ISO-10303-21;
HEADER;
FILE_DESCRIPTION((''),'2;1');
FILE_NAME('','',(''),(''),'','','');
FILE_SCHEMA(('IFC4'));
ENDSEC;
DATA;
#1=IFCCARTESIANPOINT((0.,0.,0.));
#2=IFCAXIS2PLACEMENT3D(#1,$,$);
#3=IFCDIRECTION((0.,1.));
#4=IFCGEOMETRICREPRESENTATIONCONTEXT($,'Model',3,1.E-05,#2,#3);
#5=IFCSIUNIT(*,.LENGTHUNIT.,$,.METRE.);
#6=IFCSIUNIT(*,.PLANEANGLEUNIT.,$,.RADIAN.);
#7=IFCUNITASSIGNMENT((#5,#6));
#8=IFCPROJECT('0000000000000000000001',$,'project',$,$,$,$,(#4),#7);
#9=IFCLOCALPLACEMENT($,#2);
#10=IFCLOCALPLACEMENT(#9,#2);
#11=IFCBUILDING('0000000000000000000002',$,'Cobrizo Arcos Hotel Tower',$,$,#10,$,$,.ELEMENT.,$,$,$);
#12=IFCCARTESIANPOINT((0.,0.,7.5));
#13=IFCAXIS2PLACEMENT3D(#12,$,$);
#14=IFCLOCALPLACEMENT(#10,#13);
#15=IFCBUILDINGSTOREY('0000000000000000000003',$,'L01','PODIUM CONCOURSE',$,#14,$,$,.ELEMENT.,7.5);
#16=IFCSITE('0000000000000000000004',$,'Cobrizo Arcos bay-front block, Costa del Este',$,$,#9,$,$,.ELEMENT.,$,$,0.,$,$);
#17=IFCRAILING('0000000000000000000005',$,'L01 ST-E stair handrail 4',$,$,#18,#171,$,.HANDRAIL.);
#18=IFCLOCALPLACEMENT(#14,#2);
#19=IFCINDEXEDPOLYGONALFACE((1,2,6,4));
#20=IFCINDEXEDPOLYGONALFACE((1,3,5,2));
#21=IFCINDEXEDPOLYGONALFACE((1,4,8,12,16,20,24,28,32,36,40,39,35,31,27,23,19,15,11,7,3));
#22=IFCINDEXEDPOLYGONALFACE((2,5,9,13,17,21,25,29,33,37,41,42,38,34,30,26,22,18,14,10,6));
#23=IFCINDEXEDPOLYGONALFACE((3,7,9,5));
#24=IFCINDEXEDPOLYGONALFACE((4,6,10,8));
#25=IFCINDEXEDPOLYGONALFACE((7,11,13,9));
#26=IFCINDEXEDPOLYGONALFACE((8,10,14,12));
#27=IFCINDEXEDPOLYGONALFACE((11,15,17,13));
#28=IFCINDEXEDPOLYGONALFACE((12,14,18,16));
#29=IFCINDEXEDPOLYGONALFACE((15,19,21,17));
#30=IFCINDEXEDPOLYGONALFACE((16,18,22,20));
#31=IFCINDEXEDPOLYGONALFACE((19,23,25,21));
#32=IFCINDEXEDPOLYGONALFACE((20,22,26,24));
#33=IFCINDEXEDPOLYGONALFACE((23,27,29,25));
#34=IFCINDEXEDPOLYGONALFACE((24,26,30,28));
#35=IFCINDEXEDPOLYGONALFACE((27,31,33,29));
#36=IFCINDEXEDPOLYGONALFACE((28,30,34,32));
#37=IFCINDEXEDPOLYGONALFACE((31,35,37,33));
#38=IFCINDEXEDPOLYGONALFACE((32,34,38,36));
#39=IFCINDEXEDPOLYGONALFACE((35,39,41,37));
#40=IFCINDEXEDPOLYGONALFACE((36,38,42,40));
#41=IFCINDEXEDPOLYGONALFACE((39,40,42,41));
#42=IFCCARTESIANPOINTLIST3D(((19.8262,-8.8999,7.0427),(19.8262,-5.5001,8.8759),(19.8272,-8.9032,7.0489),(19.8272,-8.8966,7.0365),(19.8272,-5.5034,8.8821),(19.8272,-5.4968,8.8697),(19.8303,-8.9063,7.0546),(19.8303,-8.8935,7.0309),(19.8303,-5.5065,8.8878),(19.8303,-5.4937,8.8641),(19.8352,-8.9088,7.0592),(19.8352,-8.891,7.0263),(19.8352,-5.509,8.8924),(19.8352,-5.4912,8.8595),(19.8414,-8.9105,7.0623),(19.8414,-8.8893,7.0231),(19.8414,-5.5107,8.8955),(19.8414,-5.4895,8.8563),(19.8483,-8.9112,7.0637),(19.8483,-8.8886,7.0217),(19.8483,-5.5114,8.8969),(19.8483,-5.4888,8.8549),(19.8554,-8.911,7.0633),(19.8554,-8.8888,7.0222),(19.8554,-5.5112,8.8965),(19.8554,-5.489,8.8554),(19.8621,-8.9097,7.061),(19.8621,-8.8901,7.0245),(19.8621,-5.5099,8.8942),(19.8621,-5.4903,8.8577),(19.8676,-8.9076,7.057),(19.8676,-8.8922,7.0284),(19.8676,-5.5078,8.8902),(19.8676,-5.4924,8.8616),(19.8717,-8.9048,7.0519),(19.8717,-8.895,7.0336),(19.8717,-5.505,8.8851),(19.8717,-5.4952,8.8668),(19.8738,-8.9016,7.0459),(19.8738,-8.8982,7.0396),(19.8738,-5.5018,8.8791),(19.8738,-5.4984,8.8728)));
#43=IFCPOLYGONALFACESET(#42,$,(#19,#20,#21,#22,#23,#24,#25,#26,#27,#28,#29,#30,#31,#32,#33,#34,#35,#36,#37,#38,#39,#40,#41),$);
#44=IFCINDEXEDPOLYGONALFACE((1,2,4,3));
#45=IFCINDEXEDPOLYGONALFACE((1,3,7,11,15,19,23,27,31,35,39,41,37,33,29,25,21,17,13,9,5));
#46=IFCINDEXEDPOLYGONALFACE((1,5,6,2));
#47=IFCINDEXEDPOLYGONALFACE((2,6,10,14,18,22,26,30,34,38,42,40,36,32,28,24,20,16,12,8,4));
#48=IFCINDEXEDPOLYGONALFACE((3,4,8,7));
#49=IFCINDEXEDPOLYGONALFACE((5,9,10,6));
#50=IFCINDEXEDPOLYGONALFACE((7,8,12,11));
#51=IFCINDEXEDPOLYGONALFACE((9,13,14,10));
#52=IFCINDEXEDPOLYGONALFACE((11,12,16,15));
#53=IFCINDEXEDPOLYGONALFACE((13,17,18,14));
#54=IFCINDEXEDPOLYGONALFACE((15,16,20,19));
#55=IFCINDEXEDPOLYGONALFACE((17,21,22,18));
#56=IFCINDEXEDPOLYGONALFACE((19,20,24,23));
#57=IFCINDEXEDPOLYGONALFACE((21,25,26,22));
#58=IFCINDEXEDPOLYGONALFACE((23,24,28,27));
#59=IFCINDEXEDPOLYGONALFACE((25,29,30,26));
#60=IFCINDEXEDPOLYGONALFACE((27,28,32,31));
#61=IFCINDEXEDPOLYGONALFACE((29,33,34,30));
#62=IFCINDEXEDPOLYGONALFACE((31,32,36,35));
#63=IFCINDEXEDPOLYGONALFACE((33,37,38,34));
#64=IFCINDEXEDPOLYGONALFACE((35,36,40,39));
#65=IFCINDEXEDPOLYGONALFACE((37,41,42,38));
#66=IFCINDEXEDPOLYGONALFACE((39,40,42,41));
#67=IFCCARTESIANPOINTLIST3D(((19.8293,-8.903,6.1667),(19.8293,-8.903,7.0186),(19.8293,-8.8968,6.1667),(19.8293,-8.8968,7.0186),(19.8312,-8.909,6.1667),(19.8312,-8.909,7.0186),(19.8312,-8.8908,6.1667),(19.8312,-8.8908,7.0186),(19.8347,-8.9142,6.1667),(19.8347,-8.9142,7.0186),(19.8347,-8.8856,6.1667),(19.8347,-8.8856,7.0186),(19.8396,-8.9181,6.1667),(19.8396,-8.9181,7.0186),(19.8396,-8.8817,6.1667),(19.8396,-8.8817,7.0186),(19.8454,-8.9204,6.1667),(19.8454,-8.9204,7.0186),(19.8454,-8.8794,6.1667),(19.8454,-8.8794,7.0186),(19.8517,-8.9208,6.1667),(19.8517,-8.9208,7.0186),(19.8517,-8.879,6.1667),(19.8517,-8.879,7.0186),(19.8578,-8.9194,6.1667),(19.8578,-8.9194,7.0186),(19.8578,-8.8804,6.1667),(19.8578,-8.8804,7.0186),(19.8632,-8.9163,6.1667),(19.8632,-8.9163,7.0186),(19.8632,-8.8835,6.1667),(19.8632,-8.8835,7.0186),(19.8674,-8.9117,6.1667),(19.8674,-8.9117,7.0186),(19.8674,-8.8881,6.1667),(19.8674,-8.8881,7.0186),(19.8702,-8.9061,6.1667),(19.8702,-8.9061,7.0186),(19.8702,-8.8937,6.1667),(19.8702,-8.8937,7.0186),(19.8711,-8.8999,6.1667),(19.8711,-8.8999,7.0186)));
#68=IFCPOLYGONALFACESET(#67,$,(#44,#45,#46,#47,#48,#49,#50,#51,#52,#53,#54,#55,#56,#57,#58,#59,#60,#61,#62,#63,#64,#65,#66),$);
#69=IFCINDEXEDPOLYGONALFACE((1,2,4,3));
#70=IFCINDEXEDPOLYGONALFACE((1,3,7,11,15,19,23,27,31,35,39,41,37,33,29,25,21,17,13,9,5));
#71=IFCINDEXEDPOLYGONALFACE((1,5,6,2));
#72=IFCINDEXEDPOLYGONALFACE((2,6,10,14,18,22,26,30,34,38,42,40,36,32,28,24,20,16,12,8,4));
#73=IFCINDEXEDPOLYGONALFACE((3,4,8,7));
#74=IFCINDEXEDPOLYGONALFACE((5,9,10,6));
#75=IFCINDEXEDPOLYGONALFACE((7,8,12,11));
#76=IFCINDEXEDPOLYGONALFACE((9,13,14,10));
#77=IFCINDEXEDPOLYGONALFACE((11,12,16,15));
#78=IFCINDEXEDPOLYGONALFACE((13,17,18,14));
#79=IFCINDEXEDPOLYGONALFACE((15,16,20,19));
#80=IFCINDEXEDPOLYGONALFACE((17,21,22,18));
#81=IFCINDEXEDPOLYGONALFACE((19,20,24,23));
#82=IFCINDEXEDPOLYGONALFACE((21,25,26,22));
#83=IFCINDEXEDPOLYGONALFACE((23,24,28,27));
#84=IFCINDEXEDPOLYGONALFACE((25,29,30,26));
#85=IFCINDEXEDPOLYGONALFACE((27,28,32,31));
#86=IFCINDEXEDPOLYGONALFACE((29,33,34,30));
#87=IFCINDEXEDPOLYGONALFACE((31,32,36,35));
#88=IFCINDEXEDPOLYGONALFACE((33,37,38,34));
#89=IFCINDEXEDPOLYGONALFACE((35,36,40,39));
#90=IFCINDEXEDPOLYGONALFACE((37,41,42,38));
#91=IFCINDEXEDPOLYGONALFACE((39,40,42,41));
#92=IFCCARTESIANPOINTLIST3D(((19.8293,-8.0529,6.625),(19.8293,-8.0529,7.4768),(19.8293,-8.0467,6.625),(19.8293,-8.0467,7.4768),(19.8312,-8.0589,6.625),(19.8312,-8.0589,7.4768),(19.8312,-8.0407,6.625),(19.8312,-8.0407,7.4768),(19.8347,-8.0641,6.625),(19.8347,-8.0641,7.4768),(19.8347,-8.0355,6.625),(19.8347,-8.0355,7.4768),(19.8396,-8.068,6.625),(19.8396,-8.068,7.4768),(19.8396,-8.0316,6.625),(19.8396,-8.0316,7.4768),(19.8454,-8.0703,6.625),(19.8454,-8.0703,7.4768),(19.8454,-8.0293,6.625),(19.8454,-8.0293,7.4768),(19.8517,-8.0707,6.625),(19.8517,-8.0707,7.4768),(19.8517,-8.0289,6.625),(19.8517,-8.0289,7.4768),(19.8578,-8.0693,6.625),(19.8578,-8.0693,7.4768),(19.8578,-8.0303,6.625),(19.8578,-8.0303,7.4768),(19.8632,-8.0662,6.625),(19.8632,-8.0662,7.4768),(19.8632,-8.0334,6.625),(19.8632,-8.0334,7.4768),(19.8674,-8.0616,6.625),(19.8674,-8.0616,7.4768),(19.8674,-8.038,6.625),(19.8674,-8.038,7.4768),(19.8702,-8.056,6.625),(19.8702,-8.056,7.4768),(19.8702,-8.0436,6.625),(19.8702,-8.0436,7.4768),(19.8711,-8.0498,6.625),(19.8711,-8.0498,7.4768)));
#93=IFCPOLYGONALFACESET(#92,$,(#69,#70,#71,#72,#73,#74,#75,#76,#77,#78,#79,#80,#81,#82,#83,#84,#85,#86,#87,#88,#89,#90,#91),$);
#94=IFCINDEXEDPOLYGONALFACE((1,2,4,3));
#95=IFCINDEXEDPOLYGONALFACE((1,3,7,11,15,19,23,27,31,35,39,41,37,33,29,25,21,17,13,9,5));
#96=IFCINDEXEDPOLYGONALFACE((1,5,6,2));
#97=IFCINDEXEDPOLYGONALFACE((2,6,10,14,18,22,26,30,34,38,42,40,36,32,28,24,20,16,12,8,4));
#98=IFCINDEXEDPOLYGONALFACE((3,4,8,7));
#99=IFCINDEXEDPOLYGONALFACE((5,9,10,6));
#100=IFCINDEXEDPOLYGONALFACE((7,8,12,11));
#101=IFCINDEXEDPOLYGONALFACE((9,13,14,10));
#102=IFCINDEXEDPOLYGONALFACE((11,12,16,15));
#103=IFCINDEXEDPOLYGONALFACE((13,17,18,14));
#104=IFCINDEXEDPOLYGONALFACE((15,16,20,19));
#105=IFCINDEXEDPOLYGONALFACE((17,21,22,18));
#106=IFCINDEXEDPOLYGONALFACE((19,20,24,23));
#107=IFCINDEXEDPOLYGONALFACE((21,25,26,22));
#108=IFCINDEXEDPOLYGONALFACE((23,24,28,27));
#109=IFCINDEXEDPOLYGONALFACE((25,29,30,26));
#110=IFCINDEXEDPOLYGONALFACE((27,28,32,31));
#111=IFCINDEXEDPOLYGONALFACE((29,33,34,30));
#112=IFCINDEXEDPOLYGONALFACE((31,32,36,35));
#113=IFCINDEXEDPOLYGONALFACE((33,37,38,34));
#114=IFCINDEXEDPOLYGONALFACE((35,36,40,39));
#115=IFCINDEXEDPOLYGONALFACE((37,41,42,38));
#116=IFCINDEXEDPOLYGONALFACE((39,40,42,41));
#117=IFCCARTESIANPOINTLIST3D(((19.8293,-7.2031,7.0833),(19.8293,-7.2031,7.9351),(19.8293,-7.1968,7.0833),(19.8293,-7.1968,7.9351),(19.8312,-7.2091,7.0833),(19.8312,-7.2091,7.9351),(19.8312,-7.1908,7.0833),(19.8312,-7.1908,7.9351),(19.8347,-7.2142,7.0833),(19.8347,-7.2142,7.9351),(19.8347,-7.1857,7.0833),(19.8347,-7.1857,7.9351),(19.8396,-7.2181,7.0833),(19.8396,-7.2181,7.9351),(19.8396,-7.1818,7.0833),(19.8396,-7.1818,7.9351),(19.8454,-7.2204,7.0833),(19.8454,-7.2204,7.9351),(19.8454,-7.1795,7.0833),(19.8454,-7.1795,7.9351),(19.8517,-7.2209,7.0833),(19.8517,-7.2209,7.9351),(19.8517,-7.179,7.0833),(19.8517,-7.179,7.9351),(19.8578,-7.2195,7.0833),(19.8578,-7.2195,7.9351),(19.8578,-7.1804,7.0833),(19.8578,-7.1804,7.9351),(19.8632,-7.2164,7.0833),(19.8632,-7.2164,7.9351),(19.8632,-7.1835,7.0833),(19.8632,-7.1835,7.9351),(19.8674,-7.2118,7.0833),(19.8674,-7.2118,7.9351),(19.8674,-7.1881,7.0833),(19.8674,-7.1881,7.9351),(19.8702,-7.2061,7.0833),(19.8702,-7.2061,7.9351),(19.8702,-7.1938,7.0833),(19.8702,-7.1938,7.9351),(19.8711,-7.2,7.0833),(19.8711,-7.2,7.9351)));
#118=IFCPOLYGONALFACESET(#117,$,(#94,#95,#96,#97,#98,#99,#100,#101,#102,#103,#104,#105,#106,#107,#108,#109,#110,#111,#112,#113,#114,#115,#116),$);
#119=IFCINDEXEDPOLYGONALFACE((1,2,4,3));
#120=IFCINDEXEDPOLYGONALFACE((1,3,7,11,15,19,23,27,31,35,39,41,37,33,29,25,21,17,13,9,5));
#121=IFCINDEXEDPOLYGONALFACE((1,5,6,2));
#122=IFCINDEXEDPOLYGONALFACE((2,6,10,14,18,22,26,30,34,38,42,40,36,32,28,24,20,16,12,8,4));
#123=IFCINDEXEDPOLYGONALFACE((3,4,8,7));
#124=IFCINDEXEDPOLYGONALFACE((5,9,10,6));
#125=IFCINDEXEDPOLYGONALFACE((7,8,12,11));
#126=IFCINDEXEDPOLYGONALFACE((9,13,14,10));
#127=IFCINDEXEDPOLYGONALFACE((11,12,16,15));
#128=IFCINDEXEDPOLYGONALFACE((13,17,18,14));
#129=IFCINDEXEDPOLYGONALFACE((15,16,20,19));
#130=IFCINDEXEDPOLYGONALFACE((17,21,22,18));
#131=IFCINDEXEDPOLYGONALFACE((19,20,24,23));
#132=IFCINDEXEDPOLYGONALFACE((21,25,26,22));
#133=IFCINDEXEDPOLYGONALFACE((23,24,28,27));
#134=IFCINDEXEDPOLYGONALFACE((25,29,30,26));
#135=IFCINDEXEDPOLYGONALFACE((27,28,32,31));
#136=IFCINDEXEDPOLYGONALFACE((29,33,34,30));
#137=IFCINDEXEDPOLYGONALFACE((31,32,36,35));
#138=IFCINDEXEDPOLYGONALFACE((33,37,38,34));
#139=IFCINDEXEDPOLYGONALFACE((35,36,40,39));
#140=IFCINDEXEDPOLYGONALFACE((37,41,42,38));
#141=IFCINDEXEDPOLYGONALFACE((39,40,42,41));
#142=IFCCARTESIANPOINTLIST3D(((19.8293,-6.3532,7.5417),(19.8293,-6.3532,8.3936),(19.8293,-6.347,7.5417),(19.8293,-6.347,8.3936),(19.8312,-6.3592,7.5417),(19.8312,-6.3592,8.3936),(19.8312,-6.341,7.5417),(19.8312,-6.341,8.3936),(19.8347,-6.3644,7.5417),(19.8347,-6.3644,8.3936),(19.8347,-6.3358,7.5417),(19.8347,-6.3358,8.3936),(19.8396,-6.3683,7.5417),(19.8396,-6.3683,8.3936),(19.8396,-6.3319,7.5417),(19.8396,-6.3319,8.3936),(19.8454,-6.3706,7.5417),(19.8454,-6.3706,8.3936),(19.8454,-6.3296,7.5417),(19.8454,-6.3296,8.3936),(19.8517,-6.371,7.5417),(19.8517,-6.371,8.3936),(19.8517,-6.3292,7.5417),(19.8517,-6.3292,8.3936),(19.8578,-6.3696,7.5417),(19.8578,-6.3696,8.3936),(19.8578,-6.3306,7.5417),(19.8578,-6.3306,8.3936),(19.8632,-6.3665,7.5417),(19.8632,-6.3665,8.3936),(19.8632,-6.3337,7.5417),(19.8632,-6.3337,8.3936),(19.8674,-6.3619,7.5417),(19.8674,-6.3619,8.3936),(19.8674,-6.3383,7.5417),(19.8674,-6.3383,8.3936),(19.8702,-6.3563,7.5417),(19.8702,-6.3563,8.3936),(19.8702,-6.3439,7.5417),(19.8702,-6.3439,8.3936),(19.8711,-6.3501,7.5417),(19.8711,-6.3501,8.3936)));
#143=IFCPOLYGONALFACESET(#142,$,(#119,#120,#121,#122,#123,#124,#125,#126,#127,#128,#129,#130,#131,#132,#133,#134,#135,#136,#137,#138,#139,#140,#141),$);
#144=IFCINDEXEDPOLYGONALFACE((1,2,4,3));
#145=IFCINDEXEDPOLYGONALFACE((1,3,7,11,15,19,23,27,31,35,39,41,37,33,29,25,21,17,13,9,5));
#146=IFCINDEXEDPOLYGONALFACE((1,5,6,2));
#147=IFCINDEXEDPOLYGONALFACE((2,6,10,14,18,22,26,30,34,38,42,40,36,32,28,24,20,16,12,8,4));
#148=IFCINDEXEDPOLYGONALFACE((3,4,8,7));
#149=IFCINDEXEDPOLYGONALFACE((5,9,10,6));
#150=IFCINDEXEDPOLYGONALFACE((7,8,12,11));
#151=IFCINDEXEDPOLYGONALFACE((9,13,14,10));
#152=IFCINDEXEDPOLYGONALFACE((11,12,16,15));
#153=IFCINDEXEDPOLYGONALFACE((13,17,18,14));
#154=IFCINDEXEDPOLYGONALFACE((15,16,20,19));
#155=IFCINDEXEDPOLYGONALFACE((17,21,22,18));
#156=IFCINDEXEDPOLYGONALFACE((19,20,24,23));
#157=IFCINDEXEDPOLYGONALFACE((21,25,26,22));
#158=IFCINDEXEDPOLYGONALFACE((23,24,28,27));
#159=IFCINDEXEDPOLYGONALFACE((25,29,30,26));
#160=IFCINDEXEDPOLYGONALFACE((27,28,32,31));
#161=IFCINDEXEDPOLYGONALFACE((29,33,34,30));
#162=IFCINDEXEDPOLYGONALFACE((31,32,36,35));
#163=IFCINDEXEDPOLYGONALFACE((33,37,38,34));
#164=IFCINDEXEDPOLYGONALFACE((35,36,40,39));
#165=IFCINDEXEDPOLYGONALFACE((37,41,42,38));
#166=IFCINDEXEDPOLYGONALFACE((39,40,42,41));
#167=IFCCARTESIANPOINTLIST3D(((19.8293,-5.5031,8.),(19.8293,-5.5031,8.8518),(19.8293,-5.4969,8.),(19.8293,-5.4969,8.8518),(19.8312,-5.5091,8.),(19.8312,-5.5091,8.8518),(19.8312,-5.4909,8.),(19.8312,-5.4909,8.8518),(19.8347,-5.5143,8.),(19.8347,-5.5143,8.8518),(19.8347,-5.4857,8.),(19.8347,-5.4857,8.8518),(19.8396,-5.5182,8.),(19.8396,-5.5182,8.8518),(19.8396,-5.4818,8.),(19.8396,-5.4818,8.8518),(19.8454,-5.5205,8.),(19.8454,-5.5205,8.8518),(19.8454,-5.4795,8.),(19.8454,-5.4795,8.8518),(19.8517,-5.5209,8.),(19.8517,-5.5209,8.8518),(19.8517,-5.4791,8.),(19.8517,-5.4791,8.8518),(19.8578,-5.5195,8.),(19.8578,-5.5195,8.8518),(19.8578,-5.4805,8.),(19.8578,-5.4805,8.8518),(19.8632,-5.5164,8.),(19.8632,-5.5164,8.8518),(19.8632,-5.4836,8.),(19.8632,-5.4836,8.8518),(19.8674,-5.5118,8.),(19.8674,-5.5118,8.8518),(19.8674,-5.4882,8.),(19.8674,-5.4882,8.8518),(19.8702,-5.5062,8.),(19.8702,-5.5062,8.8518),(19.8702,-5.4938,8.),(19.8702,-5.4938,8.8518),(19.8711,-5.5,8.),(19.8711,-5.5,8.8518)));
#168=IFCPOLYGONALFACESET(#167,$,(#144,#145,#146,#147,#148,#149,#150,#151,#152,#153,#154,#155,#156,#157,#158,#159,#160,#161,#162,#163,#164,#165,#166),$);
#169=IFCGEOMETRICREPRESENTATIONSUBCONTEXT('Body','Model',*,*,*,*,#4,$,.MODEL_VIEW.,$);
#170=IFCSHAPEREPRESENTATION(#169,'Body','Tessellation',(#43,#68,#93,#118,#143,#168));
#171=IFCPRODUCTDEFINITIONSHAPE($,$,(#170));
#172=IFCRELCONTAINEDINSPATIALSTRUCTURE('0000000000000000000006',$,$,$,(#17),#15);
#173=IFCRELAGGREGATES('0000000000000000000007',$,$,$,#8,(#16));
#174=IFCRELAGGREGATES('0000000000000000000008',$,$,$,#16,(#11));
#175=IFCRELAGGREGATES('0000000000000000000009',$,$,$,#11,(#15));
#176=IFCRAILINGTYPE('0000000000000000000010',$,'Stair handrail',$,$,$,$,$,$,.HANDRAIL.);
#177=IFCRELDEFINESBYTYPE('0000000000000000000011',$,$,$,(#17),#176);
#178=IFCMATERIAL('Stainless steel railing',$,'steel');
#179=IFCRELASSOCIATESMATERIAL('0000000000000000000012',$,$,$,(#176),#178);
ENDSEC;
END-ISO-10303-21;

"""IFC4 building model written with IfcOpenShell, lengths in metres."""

from ifc_helpers import new_model, si_unit, direction, frame, origin, origin_2d, place, context, subcontext, project, spatial, circle, extrude, material, type_object, element, save


model = new_model("IFC4")

# Units and contexts
model_context = context("Model", 3, precision=1e-05, world=origin(), true_north=direction((0.0, 1.0)))
body_context = subcontext(model_context, "Body", "Model", "MODEL_VIEW")
ifc_project = project(units=[si_unit("LENGTHUNIT", "METRE"), si_unit("PLANEANGLEUNIT", "RADIAN")], contexts=[model_context])

# Site, building, storey
site_placement = place(None, origin())
site = spatial("IfcSite", under=ifc_project, at=site_placement, Name="Cobrizo Arcos bay-front block, Costa del Este", CompositionType="ELEMENT", RefElevation=0.0)
building_placement = place(site_placement, origin())
building = spatial("IfcBuilding", under=site, at=building_placement, Name="Cobrizo Arcos Hotel Tower", CompositionType="ELEMENT")
storey_placement = place(building_placement, frame((0.0, 0.0, 7.5)))
storey = spatial("IfcBuildingStorey", under=building, at=storey_placement, Name="L01", Description="PODIUM CONCOURSE", CompositionType="ELEMENT", Elevation=7.5)

# Railing
ifc_material_1 = material(Name="Stainless steel railing", Category="steel")
railing_type = type_object("IfcRailingType", Name="Stair handrail", PredefinedType="HANDRAIL", material=ifc_material_1)
for number, where, name in (
    (1, (19.8501, -8.8999, 6.1667), "L01 ST-E stair handrail 4"),
):
    element("IfcRailing", number, at=place(storey_placement, frame(where)), inside=storey, type_object=railing_type, Name=name, PredefinedType="HANDRAIL", context=body_context, shape_type="SweptSolid", body=[
        extrude(circle(Radius=0.0239, at=origin_2d()), frame((0.0, 0.0, 0.876), z_axis=(0.0, 0.880197, 0.474609), x_axis=(-1.0, 0.0, 0.0)), (0.0, 0.0, 1.0), 3.8625),
        extrude(circle(Radius=0.021, at=origin_2d()), origin(), (0.0, 0.0, 1.0), 0.8518),
        extrude(circle(Radius=0.021, at=origin_2d()), frame((0.0, 0.8501, 0.4583)), (0.0, 0.0, 1.0), 0.8518),
        extrude(circle(Radius=0.021, at=origin_2d()), frame((0.0, 1.7, 0.9165)), (0.0, 0.0, 1.0), 0.8518),
        extrude(circle(Radius=0.021, at=origin_2d()), frame((0.0, 2.5498, 1.375)), (0.0, 0.0, 1.0), 0.8518),
        extrude(circle(Radius=0.021, at=origin_2d()), frame((0.0, 3.3999, 1.8333)), (0.0, 0.0, 1.0), 0.8518),
    ])

save(model, "model.ifc")
